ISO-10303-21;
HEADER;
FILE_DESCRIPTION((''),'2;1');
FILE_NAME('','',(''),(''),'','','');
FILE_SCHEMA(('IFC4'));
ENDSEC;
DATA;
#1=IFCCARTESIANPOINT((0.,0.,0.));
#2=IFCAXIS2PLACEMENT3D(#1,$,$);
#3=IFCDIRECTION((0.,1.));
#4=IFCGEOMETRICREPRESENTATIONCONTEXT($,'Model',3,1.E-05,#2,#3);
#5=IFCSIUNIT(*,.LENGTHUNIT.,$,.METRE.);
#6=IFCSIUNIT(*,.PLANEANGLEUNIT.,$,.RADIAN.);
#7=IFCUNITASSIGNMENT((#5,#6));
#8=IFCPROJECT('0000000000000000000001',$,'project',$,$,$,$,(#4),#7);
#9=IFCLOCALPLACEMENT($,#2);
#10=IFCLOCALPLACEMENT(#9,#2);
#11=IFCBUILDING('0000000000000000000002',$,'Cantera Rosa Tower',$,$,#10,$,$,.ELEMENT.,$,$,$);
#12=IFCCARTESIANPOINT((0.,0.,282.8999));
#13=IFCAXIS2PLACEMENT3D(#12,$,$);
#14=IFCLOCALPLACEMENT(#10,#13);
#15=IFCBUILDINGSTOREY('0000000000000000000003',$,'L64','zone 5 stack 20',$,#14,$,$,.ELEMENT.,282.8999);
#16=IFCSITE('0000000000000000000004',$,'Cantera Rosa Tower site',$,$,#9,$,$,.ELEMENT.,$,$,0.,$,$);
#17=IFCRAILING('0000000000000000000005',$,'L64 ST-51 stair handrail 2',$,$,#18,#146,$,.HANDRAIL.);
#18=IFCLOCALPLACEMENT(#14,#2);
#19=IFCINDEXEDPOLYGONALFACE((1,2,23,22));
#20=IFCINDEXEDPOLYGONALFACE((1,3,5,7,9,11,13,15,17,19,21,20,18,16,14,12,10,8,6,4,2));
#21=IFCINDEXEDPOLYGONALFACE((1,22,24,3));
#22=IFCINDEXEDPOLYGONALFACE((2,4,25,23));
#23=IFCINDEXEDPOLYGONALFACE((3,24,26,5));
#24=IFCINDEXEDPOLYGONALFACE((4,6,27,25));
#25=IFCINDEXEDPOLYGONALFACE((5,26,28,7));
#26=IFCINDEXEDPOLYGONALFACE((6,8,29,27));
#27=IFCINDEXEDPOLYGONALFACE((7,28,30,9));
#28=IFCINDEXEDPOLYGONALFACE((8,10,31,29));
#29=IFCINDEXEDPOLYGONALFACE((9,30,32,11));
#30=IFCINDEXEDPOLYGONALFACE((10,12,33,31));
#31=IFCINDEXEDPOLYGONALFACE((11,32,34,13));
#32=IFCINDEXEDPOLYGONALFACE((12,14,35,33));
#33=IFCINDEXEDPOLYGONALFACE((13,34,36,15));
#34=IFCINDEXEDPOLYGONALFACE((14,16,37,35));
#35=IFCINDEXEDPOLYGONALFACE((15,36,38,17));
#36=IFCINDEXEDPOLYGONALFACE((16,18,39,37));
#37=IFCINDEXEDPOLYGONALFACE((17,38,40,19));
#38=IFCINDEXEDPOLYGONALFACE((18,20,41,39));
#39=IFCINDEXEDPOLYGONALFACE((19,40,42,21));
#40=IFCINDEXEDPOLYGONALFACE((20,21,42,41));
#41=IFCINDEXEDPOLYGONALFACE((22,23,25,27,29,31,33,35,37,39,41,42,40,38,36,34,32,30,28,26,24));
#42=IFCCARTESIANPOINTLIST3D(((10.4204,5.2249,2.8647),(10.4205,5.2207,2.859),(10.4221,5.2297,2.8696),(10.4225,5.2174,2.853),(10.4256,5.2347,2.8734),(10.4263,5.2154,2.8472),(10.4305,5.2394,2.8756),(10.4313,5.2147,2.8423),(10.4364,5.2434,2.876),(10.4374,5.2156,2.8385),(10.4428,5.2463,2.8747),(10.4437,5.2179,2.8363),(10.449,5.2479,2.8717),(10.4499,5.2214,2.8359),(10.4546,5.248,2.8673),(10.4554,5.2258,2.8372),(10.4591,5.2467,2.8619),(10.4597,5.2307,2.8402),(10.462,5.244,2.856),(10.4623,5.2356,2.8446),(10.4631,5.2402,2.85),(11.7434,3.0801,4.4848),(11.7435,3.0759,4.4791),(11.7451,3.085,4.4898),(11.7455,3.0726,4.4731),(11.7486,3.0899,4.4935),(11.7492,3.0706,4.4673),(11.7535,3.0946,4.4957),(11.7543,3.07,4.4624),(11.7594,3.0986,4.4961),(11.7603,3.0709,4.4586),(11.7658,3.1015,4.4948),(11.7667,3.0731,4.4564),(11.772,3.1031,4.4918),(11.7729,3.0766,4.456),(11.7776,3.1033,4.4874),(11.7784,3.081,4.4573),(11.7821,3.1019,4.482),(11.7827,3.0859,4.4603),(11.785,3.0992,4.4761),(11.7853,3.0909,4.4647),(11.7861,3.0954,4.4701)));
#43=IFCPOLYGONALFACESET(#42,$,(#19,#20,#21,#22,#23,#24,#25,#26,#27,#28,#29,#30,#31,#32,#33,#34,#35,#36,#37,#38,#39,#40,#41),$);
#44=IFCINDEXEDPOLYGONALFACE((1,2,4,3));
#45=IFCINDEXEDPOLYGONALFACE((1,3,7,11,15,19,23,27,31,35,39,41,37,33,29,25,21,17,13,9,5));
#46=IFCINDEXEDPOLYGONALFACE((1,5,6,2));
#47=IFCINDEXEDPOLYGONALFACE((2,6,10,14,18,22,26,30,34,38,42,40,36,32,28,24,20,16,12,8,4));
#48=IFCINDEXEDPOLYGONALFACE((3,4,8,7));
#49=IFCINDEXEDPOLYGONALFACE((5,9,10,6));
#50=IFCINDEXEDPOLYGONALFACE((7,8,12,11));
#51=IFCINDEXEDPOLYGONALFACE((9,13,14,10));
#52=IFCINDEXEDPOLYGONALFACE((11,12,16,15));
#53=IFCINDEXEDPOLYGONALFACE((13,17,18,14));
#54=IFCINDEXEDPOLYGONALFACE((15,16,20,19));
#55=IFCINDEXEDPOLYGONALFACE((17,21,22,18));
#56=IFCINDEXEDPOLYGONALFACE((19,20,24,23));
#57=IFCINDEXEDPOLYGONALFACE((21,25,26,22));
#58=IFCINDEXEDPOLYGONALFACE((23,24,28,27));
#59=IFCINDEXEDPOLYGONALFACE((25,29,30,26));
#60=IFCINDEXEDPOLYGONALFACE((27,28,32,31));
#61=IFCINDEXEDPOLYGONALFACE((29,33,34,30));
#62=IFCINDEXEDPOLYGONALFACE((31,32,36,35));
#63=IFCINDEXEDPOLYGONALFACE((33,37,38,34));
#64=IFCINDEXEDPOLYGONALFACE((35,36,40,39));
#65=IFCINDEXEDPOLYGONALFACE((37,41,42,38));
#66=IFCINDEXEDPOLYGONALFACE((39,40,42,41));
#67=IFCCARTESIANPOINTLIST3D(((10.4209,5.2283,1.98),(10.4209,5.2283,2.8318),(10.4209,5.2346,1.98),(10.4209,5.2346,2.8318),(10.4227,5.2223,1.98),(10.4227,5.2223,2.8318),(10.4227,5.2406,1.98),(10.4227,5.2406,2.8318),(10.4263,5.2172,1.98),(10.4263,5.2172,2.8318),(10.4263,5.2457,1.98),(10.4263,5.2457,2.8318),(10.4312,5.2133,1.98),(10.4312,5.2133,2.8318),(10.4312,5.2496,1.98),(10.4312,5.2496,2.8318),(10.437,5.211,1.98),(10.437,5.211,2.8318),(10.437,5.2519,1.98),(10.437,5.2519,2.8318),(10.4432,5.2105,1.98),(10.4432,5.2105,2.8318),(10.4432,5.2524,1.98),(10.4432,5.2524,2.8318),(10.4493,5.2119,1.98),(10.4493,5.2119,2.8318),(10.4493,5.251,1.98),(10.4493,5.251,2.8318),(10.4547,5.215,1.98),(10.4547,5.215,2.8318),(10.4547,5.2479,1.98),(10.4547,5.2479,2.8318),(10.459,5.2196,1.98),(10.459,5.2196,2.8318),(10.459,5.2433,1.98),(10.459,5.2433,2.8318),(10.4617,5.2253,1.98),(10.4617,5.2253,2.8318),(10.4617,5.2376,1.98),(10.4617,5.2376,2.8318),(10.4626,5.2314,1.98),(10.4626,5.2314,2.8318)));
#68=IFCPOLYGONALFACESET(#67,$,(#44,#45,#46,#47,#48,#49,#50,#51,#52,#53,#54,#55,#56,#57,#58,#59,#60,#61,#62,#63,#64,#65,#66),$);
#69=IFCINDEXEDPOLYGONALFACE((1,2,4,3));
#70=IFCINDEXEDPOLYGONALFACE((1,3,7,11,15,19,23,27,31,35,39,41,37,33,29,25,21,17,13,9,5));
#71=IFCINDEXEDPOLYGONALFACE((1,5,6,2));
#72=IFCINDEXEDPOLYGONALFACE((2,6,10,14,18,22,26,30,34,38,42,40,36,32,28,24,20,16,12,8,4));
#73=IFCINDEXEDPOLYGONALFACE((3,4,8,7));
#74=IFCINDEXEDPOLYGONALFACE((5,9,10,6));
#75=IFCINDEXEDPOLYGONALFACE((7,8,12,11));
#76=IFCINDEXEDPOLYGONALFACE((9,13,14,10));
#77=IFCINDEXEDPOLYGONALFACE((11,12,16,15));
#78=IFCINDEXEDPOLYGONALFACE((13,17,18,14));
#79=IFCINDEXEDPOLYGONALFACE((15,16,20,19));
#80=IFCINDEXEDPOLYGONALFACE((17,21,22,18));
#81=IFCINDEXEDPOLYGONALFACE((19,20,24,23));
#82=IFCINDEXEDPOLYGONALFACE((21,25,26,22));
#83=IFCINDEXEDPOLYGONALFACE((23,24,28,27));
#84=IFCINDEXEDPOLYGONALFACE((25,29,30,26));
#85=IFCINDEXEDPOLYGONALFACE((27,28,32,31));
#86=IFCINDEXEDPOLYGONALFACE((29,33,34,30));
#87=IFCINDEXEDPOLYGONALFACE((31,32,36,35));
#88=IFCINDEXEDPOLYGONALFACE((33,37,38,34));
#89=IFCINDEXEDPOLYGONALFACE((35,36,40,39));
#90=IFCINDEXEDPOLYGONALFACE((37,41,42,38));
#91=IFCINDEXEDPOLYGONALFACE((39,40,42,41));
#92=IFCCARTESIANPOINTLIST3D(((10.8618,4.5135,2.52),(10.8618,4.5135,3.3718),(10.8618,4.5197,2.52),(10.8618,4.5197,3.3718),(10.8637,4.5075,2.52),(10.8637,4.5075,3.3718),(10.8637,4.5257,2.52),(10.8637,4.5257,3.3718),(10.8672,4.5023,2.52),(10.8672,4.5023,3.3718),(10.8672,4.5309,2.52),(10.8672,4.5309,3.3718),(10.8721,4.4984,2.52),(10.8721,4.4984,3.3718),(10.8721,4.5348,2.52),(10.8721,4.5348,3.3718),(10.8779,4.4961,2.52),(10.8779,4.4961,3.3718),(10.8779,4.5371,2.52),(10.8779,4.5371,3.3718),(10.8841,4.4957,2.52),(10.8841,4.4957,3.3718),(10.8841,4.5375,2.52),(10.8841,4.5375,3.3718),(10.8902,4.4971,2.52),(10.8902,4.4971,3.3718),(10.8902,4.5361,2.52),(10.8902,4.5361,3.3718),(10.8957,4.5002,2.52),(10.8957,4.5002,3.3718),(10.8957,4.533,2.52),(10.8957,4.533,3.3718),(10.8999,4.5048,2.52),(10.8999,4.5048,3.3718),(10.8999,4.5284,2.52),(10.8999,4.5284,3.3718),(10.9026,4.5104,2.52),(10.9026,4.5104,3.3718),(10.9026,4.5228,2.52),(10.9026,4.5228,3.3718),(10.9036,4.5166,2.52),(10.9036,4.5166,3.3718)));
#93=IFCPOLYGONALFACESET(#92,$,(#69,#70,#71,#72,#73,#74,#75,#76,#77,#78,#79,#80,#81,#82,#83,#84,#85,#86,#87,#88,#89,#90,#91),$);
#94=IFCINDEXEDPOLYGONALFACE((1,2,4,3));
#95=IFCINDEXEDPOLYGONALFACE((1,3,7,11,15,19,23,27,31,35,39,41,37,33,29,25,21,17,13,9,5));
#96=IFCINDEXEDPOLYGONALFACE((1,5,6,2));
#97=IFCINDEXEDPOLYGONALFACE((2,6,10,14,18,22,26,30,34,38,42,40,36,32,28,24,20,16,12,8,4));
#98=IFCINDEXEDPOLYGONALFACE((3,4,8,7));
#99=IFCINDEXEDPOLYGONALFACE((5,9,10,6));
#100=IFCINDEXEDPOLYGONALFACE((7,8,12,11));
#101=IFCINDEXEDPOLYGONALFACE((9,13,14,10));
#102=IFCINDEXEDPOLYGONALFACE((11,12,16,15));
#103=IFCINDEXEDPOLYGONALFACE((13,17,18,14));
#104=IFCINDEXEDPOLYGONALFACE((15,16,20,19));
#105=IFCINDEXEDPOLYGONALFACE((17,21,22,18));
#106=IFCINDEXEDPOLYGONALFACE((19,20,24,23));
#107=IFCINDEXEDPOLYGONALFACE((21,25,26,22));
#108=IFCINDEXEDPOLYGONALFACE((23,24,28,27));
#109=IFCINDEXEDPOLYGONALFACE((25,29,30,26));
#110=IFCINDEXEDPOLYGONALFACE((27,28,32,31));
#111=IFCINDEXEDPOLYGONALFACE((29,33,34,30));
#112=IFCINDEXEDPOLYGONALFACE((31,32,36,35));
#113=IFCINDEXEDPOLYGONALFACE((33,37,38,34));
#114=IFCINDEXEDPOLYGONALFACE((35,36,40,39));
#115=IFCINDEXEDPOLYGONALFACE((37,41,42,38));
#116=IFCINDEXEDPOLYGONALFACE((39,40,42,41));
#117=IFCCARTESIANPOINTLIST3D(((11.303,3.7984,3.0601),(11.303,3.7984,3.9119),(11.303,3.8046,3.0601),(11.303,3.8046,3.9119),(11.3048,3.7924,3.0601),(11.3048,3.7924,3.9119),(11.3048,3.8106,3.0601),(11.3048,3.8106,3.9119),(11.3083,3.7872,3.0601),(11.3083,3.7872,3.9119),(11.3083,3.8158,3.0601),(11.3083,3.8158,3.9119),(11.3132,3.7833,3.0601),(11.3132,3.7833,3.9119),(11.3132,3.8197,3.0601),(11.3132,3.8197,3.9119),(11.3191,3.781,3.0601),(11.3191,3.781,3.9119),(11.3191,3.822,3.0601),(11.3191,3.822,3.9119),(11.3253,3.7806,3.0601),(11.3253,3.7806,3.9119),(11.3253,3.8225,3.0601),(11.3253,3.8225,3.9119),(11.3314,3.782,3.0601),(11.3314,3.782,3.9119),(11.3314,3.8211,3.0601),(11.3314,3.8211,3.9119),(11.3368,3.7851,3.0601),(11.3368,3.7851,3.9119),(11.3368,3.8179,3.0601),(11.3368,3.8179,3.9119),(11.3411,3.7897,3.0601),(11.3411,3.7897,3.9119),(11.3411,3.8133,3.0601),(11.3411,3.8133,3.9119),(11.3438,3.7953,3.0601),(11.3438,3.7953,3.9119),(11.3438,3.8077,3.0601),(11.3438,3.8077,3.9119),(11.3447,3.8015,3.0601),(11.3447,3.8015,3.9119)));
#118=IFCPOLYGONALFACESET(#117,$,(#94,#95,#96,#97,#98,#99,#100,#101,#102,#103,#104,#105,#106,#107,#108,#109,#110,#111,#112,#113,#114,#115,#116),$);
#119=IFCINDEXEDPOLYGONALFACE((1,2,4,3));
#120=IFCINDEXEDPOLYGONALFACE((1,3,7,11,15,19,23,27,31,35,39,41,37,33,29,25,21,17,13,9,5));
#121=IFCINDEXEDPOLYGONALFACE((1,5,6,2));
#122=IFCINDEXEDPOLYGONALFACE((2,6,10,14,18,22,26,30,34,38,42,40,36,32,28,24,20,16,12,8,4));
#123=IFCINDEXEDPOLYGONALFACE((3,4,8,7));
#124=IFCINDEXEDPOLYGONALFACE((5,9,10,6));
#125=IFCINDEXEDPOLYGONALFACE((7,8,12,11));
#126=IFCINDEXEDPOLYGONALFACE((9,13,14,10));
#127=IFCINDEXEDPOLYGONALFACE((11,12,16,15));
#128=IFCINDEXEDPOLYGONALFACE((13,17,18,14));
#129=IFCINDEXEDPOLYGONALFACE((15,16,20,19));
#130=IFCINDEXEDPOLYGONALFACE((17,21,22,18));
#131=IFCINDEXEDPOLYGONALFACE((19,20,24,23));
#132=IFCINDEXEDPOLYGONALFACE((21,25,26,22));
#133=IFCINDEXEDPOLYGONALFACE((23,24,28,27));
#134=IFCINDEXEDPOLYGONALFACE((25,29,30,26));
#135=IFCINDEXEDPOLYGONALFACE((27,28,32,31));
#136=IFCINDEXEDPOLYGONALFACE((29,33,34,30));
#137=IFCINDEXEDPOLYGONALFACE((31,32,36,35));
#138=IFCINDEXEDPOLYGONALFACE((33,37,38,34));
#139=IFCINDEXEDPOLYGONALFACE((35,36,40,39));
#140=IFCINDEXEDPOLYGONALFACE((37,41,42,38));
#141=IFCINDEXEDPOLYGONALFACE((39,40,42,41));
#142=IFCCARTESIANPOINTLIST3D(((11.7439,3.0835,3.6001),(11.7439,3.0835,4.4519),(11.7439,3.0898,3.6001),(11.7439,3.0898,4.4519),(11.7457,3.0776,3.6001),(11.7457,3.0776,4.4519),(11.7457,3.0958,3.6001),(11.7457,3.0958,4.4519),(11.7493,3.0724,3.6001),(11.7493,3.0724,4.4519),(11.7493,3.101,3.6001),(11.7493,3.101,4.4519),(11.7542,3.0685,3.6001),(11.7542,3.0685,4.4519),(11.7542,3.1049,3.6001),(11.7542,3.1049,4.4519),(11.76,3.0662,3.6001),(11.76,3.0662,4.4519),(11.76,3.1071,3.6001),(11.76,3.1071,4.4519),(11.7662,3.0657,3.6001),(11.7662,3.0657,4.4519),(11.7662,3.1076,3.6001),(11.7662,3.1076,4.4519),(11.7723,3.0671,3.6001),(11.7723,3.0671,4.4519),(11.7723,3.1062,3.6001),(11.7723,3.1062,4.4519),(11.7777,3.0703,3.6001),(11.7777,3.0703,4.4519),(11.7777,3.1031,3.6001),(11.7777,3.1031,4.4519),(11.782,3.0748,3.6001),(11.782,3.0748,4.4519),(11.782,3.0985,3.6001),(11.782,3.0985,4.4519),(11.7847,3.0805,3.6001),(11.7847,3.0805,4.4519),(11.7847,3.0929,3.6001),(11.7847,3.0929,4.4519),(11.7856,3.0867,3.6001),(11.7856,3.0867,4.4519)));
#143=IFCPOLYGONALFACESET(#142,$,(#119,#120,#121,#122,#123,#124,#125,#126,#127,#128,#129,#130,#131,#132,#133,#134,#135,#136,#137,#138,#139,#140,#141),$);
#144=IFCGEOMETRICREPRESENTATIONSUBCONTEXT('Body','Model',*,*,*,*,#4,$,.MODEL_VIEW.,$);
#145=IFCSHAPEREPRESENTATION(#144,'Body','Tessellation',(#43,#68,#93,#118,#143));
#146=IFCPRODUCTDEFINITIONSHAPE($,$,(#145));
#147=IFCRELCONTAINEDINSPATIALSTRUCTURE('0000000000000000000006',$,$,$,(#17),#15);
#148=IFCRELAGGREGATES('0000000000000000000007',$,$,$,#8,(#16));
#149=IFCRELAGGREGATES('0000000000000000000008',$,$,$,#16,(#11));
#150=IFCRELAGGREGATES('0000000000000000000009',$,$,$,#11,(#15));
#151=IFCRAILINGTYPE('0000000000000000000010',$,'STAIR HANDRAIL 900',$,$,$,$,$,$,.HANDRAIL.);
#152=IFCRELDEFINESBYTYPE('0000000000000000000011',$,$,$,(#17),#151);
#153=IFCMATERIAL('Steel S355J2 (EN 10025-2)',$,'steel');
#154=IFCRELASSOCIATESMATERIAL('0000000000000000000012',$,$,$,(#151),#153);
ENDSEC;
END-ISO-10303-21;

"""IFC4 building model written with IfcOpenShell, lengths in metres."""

from ifc_helpers import new_model, si_unit, direction, frame, origin, origin_2d, place, context, subcontext, project, spatial, circle, extrude, material, type_object, element, save


model = new_model("IFC4")

# Units and contexts
model_context = context("Model", 3, precision=1e-05, world=origin(), true_north=direction((0.0, 1.0)))
body_context = subcontext(model_context, "Body", "Model", "MODEL_VIEW")
ifc_project = project(units=[si_unit("LENGTHUNIT", "METRE"), si_unit("PLANEANGLEUNIT", "RADIAN")], contexts=[model_context])

# Site, building, storey
site_placement = place(None, origin())
site = spatial("IfcSite", under=ifc_project, at=site_placement, Name="Cantera Rosa Tower site", CompositionType="ELEMENT", RefElevation=0.0)
building_placement = place(site_placement, origin())
building = spatial("IfcBuilding", under=site, at=building_placement, Name="Cantera Rosa Tower", CompositionType="ELEMENT")
storey_placement = place(building_placement, frame((0.0, 0.0, 282.8999)))
storey = spatial("IfcBuildingStorey", under=building, at=storey_placement, Name="L64", Description="zone 5 stack 20", CompositionType="ELEMENT", Elevation=282.8999)

# Railing
ifc_material_1 = material(Name="Steel S355J2 (EN 10025-2)", Category="steel")
railing_type_1 = type_object("IfcRailingType", Name="STAIR HANDRAIL 900", PredefinedType="HANDRAIL", material=ifc_material_1)
railing_1_placement = place(storey_placement, frame((10.4417, 5.2314, 1.98)))
element("IfcRailing", 1, at=railing_1_placement, inside=storey, type_object=railing_type_1, Name="L64 ST-51 stair handrail 2", PredefinedType="HANDRAIL", context=body_context, shape_type="SweptSolid", body=[
    extrude(circle(Radius=0.0239, at=origin_2d()), frame((0.0, 0.0, 0.876), z_axis=(0.441609, -0.715914, 0.540786), x_axis=(0.851102, 0.525, 0.0)), (0.0, 0.0, 1.0), 2.9958),
    extrude(circle(Radius=0.021, at=origin_2d()), origin(), (0.0, 0.0, 1.0), 0.8518),
    extrude(circle(Radius=0.021, at=origin_2d()), frame((0.4409, -0.7148, 0.54)), (0.0, 0.0, 1.0), 0.8518),
    extrude(circle(Radius=0.021, at=origin_2d()), frame((0.8821, -1.4299, 1.0801)), (0.0, 0.0, 1.0), 0.8518),
    extrude(circle(Radius=0.021, at=origin_2d()), frame((1.323, -2.1448, 1.6201)), (0.0, 0.0, 1.0), 0.8518),
])

save(model, "model.ifc")
